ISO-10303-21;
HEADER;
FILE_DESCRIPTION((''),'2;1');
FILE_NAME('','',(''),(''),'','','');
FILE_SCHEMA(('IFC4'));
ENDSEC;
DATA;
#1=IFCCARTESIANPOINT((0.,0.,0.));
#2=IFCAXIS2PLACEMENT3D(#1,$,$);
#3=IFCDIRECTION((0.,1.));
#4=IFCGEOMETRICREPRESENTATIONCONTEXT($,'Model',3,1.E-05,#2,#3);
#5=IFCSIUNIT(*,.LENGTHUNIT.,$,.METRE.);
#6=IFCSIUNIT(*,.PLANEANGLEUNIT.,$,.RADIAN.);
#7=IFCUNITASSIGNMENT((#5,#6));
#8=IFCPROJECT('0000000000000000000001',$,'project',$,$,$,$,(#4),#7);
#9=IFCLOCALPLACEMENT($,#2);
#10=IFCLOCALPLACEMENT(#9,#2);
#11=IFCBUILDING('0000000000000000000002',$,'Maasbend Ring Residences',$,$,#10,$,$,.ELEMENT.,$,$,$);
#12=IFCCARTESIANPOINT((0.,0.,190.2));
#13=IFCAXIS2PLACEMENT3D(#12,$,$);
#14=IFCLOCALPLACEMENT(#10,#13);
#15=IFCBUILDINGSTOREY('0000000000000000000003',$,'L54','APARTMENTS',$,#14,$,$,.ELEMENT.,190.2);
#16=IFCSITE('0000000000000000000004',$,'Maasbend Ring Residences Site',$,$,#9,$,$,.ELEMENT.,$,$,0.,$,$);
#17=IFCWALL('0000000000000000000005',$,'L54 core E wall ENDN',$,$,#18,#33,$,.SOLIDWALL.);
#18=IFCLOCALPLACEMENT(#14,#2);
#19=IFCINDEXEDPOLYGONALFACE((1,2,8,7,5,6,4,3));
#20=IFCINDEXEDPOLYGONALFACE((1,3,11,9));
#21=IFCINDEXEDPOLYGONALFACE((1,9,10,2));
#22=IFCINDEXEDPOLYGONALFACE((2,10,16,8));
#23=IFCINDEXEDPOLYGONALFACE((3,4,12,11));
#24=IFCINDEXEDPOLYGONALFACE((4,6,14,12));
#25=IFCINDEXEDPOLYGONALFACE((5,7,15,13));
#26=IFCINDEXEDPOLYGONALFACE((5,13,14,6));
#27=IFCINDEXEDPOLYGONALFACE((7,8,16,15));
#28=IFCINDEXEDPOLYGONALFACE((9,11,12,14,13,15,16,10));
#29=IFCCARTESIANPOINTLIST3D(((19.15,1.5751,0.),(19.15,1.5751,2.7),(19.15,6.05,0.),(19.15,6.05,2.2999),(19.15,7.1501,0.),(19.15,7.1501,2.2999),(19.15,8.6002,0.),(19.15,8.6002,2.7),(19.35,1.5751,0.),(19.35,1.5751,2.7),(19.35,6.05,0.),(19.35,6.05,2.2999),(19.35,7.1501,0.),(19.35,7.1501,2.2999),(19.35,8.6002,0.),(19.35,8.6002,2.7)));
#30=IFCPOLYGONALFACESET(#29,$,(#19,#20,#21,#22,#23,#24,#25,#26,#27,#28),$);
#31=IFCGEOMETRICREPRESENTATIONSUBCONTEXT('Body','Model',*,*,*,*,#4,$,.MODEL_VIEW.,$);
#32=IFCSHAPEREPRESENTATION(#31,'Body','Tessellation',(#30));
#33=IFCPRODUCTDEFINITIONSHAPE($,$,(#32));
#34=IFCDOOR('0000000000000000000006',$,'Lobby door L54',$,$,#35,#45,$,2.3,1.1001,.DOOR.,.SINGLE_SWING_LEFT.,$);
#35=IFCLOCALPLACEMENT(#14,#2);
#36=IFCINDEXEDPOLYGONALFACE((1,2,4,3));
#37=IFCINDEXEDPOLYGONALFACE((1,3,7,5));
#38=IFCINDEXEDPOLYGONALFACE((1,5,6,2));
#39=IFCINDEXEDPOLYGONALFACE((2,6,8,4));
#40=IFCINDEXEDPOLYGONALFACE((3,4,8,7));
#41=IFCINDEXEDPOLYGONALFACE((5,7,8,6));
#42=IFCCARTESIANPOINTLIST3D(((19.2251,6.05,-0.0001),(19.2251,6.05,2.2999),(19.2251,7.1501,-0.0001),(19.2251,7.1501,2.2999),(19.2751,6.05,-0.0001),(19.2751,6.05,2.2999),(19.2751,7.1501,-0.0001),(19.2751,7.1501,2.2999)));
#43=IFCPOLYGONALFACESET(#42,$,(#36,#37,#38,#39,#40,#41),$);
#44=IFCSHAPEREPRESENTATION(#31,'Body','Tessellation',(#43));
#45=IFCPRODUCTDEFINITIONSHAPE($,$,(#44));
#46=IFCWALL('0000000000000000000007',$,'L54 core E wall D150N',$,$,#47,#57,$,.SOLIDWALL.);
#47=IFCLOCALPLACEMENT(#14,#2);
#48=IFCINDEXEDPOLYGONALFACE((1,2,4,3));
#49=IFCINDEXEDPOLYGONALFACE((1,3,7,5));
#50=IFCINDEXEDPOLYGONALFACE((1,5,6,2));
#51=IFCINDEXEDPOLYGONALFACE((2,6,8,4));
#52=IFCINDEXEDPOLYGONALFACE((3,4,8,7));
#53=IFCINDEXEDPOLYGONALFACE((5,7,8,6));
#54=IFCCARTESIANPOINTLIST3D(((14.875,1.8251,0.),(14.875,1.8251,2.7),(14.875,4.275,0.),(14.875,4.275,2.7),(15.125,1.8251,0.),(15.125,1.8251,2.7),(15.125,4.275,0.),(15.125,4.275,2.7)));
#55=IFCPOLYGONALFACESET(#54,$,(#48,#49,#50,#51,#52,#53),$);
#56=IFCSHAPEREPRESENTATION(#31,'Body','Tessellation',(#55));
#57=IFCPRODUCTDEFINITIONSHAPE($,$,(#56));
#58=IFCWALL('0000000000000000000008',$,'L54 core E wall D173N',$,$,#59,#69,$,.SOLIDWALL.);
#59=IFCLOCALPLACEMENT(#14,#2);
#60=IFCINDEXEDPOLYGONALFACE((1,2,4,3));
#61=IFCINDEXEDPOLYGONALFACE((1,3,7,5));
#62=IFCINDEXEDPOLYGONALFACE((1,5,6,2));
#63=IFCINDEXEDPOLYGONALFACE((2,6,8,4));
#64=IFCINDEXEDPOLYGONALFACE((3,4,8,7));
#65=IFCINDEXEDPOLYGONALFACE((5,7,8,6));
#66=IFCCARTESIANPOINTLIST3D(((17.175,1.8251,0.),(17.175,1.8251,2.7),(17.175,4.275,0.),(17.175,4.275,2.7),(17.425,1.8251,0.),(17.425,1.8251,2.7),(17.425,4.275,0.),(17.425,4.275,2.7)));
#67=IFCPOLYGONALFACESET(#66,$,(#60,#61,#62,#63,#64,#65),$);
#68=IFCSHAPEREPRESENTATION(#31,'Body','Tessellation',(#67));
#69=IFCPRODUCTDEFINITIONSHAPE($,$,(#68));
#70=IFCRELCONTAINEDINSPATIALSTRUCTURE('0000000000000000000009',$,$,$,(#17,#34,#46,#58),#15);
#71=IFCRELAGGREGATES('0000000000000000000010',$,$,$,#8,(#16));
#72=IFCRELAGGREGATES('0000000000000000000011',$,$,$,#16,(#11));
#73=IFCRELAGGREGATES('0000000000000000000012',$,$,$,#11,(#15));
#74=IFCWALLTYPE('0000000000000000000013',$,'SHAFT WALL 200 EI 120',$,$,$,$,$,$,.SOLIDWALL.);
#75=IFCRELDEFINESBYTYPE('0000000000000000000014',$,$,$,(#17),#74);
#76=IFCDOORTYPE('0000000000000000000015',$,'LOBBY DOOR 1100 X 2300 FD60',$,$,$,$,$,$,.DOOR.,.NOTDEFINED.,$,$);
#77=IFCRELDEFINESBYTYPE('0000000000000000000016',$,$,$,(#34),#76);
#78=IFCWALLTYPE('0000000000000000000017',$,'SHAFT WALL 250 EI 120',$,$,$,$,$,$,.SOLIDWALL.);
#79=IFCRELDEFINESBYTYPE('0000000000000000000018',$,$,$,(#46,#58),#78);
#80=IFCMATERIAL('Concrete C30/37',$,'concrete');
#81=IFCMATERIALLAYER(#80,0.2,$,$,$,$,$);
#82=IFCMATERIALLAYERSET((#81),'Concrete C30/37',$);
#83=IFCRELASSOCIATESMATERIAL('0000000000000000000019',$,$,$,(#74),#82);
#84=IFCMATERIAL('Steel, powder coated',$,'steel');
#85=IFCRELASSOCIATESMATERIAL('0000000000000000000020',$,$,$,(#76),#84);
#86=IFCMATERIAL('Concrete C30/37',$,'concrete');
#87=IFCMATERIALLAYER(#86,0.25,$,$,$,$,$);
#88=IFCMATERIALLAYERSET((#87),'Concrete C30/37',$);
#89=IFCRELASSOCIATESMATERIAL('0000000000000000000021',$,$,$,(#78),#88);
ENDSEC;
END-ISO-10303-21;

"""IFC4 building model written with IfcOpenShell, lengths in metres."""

from ifc_helpers import new_model, si_unit, direction, frame, frame_2d, origin, place, context, subcontext, project, spatial, rectangle, extrude, material, layer, layer_set, type_object, element, fill, save


model = new_model("IFC4")

# Units and contexts
model_context = context("Model", 3, precision=1e-05, world=origin(), true_north=direction((0.0, 1.0)))
body_context = subcontext(model_context, "Body", "Model", "MODEL_VIEW")
ifc_project = project(units=[si_unit("LENGTHUNIT", "METRE"), si_unit("PLANEANGLEUNIT", "RADIAN")], contexts=[model_context])

# Site, building, storey
site_placement = place(None, origin())
site = spatial("IfcSite", under=ifc_project, at=site_placement, Name="Maasbend Ring Residences Site", CompositionType="ELEMENT", RefElevation=0.0)
building_placement = place(site_placement, origin())
building = spatial("IfcBuilding", under=site, at=building_placement, Name="Maasbend Ring Residences", CompositionType="ELEMENT")
storey_placement = place(building_placement, frame((0.0, 0.0, 190.2)))
storey = spatial("IfcBuildingStorey", under=building, at=storey_placement, Name="L54", Description="APARTMENTS", CompositionType="ELEMENT", Elevation=190.2)

# Wall, opening, door
ifc_material_1 = material(Name="Concrete C30/37", Category="concrete")
ifc_layer_1 = layer(ifc_material_1, 0.2)
ifc_layer_set_1 = layer_set([ifc_layer_1], Name="Concrete C30/37")
wall_type_1 = type_object("IfcWallType", Name="SHAFT WALL 200 EI 120", PredefinedType="SOLIDWALL", material=ifc_layer_set_1)
wall_1_placement = place(storey_placement, frame((19.25, 1.575, 0.0), z_axis=(0.0, 0.0, 1.0), x_axis=(0.0, 1.0, 0.0)))
wall_1 = element("IfcWall", 1, at=wall_1_placement, inside=storey, type_object=wall_type_1, Name="L54 core E wall ENDN", PredefinedType="SOLIDWALL", context=body_context, shape_type="SweptSolid", body=[
    extrude(rectangle(XDim=7.0251, YDim=0.2, at=frame_2d((3.5127, 0.0))), origin(), (0.0, 0.0, 1.0), 2.7),
])
opening_1_placement = place(wall_1_placement, frame((4.4751, 0.0, 0.0)))
opening_1 = element("IfcOpeningElement", 2, at=opening_1_placement, cuts=wall_1, PredefinedType="OPENING", context=body_context, shape_type="SweptSolid", body=[
    extrude(rectangle(XDim=1.1001, YDim=2.3, at=frame_2d((0.55, 1.1499))), frame((0.0, 0.1099, 0.0), z_axis=(0.0, -1.0, 0.0), x_axis=(1.0, 0.0, 0.0)), (0.0, 0.0, 1.0), 0.22),
])
ifc_material_2 = material(Name="Steel, powder coated", Category="steel")
door_type_1 = type_object("IfcDoorType", Name="LOBBY DOOR 1100 X 2300 FD60", OperationType="NOTDEFINED", PredefinedType="DOOR", material=ifc_material_2)
door_1_placement = place(opening_1_placement, origin())
door_1 = element("IfcDoor", 3, at=door_1_placement, inside=storey, type_object=door_type_1, Name="Lobby door L54", OperationType="SINGLE_SWING_LEFT", OverallHeight=2.3, OverallWidth=1.1001, PredefinedType="DOOR", context=body_context, shape_type="SweptSolid", body=[
    extrude(rectangle(XDim=1.1001, YDim=2.3, at=frame_2d((0.55, 1.1499))), frame((0.0, 0.0249, 0.0), z_axis=(0.0, -1.0, 0.0), x_axis=(1.0, 0.0, 0.0)), (0.0, 0.0, 1.0), 0.05),
])
fill(opening_1, door_1)

# Walls
ifc_material_3 = material(Name="Concrete C30/37", Category="concrete")
ifc_layer_2 = layer(ifc_material_3, 0.25)
ifc_layer_set_2 = layer_set([ifc_layer_2], Name="Concrete C30/37")
wall_type_2 = type_object("IfcWallType", Name="SHAFT WALL 250 EI 120", PredefinedType="SOLIDWALL", material=ifc_layer_set_2)
for number, where, z_axis, x_axis, name in (
    (4, (15.0, 1.825, 0.0), (0.0, 0.0, 1.0), (0.0, 1.0, 0.0), "L54 core E wall D150N"),
    (5, (17.3, 1.825, 0.0), (0.0, 0.0, 1.0), (0.0, 1.0, 0.0), "L54 core E wall D173N"),
):
    element("IfcWall", number, at=place(storey_placement, frame(where, z_axis=z_axis, x_axis=x_axis)), inside=storey, type_object=wall_type_2, Name=name, PredefinedType="SOLIDWALL", context=body_context, shape_type="SweptSolid", body=[
        extrude(rectangle(XDim=2.45, YDim=0.25, at=frame_2d((1.2251, 0.0))), origin(), (0.0, 0.0, 1.0), 2.7),
    ])

save(model, "model.ifc")
